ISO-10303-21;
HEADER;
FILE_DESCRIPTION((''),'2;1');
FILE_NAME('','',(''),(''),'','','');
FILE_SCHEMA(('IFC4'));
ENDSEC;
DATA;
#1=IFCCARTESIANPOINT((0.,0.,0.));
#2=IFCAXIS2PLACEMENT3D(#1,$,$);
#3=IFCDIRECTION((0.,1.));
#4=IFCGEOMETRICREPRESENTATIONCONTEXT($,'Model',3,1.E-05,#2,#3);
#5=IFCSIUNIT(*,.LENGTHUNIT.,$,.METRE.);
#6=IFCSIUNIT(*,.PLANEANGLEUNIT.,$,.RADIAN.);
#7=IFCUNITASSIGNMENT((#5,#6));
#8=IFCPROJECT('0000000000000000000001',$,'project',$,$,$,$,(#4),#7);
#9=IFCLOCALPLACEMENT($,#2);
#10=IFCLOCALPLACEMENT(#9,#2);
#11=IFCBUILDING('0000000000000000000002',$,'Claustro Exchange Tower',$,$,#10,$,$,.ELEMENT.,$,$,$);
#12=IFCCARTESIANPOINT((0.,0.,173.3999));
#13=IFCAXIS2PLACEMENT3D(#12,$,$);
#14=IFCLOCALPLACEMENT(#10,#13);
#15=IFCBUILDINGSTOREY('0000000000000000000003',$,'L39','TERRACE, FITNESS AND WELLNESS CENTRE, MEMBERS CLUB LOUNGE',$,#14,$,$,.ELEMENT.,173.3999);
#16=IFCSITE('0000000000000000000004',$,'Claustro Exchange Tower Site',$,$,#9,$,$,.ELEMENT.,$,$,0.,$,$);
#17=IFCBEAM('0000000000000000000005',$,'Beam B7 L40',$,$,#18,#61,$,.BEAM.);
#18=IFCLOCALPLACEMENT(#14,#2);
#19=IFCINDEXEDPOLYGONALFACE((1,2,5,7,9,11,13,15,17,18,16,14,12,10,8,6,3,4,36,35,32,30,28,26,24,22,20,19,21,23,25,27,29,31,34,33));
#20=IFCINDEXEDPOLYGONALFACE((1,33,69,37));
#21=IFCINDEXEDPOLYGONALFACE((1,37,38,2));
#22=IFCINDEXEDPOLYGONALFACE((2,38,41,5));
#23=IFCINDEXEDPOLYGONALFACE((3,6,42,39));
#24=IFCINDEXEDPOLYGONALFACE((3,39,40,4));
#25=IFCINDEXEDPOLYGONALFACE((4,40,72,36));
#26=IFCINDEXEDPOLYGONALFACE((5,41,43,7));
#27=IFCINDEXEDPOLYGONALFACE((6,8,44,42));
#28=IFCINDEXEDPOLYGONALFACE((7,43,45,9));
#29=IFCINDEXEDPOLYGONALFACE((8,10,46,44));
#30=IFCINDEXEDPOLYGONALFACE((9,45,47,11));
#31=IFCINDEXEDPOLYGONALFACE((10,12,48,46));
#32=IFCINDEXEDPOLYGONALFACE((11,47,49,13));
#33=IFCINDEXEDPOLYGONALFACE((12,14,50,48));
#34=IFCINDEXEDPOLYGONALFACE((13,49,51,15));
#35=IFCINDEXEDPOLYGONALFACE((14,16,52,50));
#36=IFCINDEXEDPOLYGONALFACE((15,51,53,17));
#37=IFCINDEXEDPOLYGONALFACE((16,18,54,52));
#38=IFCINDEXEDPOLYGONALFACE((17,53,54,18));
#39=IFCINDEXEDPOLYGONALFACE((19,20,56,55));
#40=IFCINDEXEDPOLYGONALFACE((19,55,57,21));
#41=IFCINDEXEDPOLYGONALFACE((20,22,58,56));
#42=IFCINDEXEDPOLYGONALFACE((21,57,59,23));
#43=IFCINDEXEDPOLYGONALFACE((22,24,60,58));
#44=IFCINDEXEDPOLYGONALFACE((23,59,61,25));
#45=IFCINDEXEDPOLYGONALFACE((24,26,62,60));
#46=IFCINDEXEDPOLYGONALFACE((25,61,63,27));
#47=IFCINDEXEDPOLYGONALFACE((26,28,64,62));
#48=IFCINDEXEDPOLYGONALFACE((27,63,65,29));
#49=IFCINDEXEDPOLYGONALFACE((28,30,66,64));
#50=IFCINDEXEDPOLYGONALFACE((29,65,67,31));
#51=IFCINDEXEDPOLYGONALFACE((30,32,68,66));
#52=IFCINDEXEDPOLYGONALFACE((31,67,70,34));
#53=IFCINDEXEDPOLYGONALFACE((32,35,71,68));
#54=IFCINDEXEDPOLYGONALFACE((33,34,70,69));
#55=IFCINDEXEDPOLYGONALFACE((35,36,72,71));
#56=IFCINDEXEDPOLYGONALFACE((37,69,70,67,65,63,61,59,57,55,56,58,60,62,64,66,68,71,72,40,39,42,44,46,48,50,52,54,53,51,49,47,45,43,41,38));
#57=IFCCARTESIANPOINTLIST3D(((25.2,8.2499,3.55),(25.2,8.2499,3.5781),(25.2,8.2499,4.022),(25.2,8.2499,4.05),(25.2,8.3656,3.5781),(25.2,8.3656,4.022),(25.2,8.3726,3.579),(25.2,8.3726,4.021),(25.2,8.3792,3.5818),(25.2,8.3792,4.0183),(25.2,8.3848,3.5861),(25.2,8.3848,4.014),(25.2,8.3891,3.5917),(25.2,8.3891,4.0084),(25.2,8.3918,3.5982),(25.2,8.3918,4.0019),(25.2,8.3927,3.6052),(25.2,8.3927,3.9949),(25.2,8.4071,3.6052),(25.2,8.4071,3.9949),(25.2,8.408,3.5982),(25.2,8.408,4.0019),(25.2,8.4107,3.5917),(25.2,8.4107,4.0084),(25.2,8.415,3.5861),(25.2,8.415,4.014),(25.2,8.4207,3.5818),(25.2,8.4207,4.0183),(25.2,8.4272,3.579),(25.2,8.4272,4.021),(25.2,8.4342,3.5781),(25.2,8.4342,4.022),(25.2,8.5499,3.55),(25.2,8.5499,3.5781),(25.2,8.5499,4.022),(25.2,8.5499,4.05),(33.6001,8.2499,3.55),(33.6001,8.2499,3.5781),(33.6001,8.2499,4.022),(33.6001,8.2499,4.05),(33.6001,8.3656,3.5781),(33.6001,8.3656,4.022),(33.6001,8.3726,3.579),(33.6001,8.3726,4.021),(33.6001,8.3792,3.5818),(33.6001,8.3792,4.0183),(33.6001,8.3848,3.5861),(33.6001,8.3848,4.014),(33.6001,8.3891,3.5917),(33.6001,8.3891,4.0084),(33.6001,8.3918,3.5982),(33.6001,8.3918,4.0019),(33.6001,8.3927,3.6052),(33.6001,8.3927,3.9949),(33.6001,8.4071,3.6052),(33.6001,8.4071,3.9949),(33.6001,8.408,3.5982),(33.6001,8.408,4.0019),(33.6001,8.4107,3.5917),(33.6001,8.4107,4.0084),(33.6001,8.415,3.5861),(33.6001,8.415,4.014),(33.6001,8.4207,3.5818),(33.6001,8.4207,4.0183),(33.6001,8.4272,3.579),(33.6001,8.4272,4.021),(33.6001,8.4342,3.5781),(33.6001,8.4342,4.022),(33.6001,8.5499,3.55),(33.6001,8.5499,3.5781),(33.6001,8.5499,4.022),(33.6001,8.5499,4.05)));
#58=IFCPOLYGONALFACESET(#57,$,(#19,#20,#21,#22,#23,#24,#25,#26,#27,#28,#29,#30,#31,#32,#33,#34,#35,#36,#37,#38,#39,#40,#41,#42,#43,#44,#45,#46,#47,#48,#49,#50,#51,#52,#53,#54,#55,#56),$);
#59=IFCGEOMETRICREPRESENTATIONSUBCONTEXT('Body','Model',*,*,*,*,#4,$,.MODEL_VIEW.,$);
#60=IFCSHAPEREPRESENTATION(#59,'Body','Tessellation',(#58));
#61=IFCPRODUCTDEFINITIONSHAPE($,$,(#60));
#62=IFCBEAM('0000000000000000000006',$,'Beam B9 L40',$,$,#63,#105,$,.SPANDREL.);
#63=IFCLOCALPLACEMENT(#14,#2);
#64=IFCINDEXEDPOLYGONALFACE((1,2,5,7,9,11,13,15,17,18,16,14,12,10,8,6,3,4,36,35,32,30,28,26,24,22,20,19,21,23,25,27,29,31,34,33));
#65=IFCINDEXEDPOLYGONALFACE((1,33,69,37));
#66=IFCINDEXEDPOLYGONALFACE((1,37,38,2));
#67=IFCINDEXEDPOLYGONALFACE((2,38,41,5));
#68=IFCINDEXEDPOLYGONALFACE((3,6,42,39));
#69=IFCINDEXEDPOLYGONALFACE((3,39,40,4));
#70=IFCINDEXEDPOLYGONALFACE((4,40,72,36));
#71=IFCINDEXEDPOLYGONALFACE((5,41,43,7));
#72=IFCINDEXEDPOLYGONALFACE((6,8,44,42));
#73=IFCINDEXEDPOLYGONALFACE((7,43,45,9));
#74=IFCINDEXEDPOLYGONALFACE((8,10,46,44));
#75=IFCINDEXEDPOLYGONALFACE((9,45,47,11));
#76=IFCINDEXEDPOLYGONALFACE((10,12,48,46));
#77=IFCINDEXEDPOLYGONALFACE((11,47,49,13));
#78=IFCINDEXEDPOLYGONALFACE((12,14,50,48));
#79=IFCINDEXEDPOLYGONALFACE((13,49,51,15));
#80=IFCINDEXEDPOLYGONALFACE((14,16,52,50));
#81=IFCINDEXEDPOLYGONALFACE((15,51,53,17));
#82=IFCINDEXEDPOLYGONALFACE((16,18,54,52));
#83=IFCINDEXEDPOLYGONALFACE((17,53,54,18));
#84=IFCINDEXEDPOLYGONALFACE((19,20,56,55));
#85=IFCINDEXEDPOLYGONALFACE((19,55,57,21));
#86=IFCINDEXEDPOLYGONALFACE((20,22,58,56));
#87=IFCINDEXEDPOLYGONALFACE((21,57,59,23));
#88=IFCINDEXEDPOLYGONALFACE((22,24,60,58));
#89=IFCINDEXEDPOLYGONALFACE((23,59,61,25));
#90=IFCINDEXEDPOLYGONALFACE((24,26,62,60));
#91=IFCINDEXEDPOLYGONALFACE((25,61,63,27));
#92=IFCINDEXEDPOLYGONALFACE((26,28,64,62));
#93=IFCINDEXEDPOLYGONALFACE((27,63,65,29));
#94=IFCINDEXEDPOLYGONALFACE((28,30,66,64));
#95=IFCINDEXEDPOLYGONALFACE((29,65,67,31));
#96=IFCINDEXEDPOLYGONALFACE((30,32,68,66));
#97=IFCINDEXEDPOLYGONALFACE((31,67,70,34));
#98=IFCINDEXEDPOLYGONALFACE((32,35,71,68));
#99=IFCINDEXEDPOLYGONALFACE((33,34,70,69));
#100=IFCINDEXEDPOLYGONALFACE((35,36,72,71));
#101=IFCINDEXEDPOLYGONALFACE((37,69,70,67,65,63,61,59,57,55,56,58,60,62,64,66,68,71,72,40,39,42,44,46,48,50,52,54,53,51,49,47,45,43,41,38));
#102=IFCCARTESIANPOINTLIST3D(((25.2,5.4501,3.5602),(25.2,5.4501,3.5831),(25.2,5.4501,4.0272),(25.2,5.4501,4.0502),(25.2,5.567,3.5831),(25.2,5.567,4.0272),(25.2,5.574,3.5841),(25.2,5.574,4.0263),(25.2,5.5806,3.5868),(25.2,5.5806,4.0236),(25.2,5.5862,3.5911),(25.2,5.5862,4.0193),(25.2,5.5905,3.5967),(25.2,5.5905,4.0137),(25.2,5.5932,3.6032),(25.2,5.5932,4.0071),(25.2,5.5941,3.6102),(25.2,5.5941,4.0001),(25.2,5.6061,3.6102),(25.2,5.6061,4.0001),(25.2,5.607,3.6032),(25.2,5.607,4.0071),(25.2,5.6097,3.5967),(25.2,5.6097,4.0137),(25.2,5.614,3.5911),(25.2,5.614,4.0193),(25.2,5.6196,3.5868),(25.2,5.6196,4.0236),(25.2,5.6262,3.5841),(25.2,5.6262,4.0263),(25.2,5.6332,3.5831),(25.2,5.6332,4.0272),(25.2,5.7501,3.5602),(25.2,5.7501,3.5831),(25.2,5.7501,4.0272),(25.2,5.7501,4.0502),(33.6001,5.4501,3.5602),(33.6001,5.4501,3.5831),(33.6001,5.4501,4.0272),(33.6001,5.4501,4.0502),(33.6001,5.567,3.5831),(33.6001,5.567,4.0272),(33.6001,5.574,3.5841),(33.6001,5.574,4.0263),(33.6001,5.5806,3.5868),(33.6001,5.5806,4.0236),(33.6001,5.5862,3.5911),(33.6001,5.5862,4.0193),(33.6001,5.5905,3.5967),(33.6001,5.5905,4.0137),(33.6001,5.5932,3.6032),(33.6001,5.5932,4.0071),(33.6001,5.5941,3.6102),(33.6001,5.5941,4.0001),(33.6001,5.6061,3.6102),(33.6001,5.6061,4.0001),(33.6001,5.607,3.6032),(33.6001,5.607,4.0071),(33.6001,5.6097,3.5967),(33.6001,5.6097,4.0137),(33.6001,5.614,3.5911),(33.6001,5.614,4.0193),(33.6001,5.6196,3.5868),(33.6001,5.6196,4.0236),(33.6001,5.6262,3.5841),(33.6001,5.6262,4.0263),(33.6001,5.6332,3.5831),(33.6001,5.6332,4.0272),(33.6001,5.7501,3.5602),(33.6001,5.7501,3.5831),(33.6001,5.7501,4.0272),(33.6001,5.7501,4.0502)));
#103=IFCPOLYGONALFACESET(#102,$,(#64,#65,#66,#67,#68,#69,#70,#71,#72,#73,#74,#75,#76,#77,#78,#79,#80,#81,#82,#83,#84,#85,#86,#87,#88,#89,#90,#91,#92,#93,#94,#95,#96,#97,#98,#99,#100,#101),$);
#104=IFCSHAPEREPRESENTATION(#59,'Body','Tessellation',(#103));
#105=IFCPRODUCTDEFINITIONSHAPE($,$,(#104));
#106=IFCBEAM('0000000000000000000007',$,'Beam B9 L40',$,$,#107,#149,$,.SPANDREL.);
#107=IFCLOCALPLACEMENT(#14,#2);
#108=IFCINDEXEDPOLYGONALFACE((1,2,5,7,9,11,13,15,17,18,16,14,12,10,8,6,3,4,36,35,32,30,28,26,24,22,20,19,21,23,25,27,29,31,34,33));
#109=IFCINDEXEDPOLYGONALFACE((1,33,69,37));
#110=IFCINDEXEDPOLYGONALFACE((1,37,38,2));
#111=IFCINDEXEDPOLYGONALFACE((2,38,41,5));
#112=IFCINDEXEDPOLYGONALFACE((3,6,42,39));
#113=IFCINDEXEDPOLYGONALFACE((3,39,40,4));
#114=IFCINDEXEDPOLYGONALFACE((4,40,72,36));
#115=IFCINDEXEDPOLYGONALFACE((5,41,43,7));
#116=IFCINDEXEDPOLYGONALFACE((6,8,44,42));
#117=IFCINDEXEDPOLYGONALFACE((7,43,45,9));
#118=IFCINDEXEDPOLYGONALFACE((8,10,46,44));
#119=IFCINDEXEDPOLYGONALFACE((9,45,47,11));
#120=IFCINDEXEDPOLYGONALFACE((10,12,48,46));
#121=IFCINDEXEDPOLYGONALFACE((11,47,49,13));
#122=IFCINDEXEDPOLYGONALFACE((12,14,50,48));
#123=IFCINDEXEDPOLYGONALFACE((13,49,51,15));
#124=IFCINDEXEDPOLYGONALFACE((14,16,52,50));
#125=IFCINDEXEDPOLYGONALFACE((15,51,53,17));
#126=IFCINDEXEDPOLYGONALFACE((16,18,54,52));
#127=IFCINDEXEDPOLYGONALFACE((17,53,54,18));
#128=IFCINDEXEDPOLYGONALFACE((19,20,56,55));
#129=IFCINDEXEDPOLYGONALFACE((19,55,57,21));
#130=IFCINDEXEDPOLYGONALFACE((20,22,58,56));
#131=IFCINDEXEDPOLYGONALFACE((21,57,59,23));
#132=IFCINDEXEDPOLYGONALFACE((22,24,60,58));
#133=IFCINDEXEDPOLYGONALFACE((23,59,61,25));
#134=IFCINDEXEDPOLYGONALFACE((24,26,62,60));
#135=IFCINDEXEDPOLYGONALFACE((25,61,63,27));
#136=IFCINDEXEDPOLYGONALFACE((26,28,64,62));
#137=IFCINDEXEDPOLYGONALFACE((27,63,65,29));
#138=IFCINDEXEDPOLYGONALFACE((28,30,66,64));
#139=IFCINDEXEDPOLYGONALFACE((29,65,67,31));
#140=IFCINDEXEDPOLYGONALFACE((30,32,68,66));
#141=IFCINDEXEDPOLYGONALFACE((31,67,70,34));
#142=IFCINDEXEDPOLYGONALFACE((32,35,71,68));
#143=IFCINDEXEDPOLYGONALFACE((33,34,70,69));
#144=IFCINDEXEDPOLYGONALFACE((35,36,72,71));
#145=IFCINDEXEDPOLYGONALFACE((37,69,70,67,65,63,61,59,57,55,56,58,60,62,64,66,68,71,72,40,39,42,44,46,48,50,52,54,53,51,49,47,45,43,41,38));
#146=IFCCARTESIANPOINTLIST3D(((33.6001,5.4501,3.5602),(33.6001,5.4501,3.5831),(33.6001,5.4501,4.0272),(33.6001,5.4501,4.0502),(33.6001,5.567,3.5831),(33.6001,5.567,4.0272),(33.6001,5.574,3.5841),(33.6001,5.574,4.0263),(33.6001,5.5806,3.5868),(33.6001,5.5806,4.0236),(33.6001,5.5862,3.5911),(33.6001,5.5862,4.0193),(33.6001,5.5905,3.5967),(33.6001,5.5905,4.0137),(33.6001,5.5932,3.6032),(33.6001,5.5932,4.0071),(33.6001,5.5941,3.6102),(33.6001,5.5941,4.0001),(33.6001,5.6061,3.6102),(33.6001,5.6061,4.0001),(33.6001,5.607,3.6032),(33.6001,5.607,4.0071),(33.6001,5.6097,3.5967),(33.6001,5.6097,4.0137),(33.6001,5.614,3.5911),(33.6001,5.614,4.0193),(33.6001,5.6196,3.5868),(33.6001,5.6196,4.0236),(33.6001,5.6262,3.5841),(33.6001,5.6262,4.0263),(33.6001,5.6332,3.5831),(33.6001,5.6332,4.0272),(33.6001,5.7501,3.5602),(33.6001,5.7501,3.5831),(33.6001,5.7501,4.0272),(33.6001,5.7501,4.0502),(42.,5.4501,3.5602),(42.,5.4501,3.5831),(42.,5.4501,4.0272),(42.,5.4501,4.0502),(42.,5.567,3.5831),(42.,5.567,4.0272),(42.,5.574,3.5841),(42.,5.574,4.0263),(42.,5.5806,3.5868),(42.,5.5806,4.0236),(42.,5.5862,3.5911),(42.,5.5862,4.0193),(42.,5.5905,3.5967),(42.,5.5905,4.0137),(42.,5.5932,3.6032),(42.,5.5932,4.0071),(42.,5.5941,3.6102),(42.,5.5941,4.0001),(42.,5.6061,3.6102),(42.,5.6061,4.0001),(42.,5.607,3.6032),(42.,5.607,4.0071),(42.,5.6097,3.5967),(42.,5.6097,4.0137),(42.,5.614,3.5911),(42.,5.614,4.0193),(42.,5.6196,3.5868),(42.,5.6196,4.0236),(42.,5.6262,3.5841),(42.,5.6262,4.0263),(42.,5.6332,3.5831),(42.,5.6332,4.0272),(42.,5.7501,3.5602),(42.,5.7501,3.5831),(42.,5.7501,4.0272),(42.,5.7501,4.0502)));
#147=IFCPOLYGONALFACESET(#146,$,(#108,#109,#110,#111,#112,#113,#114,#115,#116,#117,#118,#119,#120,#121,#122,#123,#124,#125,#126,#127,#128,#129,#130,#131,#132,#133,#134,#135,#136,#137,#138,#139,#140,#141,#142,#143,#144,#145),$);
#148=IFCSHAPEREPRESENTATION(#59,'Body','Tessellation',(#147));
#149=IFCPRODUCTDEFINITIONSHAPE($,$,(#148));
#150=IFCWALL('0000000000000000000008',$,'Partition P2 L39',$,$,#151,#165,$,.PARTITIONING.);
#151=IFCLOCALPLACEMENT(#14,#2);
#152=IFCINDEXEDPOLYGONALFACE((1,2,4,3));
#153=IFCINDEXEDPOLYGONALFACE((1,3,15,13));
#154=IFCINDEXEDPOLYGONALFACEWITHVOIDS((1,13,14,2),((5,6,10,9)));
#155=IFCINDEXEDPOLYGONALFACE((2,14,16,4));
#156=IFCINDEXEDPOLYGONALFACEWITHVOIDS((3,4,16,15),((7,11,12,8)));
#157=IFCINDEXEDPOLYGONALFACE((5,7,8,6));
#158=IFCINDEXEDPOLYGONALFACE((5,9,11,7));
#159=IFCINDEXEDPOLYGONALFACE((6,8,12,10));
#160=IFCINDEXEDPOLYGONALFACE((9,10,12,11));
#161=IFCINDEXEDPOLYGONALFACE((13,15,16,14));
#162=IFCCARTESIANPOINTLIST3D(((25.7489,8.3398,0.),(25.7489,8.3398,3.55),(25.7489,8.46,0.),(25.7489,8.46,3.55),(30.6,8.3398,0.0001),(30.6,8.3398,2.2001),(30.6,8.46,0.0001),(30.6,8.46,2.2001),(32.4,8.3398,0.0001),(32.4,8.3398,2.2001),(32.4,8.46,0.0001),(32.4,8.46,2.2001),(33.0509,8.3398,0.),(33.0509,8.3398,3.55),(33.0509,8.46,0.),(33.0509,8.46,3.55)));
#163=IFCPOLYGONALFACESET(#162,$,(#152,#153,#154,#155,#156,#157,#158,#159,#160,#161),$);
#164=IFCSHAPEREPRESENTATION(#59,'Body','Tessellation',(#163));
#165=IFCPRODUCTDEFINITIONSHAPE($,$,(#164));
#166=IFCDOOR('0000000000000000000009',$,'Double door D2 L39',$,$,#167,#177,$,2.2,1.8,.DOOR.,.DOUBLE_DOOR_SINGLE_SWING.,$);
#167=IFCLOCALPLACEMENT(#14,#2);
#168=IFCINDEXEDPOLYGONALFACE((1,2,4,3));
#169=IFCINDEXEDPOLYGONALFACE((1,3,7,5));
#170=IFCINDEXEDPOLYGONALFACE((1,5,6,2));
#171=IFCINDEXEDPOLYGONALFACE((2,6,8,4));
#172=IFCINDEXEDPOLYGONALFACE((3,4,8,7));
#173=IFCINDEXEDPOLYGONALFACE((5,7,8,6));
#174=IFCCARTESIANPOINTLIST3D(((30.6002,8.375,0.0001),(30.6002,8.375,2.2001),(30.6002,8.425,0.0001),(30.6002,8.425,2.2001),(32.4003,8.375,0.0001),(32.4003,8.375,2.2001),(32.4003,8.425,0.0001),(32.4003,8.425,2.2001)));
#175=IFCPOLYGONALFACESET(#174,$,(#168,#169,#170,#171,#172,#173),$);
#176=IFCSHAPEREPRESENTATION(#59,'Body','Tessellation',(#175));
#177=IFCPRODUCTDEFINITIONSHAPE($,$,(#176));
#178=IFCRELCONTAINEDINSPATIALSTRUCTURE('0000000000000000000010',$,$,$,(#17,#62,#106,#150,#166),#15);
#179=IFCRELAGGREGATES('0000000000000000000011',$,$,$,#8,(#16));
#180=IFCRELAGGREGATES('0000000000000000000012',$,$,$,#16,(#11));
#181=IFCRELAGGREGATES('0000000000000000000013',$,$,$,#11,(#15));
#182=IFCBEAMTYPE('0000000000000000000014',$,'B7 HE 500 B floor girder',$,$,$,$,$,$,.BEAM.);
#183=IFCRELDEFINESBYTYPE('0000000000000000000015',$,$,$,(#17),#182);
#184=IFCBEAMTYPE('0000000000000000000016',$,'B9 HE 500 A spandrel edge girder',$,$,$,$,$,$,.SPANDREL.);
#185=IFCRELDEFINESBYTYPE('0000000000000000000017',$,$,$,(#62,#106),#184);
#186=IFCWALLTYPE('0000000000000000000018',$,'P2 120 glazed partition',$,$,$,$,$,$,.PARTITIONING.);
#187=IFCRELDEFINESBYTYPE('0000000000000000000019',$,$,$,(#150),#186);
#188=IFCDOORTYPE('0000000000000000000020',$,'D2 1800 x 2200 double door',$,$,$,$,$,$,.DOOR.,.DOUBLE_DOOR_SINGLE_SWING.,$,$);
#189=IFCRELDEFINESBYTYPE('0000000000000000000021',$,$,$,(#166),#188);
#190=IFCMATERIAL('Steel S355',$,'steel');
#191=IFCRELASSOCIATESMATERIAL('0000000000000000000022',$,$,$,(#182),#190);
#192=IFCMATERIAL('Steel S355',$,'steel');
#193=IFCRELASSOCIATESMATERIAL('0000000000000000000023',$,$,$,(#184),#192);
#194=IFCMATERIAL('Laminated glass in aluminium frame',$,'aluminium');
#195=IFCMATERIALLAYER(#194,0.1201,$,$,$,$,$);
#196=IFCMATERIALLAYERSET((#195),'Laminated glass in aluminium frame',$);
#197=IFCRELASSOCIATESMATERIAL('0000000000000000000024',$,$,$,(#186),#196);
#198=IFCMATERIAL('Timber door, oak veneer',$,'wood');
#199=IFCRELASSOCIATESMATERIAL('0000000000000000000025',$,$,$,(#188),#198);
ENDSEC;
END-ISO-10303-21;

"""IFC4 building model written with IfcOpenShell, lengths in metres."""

from ifc_helpers import new_model, si_unit, direction, frame, frame_2d, origin, origin_2d, place, context, subcontext, project, spatial, rectangle, i_section, extrude, material, layer, layer_set, material_profile, profile_set, type_object, element, fill, save


model = new_model("IFC4")

# Units and contexts
model_context = context("Model", 3, precision=1e-05, world=origin(), true_north=direction((0.0, 1.0)))
body_context = subcontext(model_context, "Body", "Model", "MODEL_VIEW")
ifc_project = project(units=[si_unit("LENGTHUNIT", "METRE"), si_unit("PLANEANGLEUNIT", "RADIAN")], contexts=[model_context])

# Site, building, storey
site_placement = place(None, origin())
site = spatial("IfcSite", under=ifc_project, at=site_placement, Name="Claustro Exchange Tower Site", CompositionType="ELEMENT", RefElevation=0.0)
building_placement = place(site_placement, origin())
building = spatial("IfcBuilding", under=site, at=building_placement, Name="Claustro Exchange Tower", CompositionType="ELEMENT")
storey_placement = place(building_placement, frame((0.0, 0.0, 173.3999)))
storey = spatial("IfcBuildingStorey", under=building, at=storey_placement, Name="L39", Description="TERRACE, FITNESS AND WELLNESS CENTRE, MEMBERS CLUB LOUNGE", CompositionType="ELEMENT", Elevation=173.3999)

# Beams
ifc_material_1 = material(Name="Steel S355", Category="steel")
ifc_material_profile_1 = material_profile(ifc_material_1, i_section(OverallWidth=0.3, OverallDepth=0.5, WebThickness=0.0144, FlangeThickness=0.0281, FilletRadius=0.0271, at=origin_2d()), Name="HE 500 B")
ifc_profile_set_1 = profile_set([ifc_material_profile_1], Name="Steel S355")
beam_type_1 = type_object("IfcBeamType", Name="B7 HE 500 B floor girder", PredefinedType="BEAM", material=ifc_profile_set_1)
for number, where, z_axis, x_axis, name in (
    (1, (25.2, 8.3999, 3.8), (1.0, 0.0, 0.0), (0.0, 1.0, 0.0), "Beam B7 L40"),
):
    element("IfcBeam", number, at=place(storey_placement, frame(where, z_axis=z_axis, x_axis=x_axis)), inside=storey, type_object=beam_type_1, Name=name, PredefinedType="BEAM", context=body_context, shape_type="SweptSolid", body=[
        extrude(i_section(OverallWidth=0.3, OverallDepth=0.5, WebThickness=0.0144, FlangeThickness=0.0281, FilletRadius=0.0271, at=origin_2d()), origin(), (0.0, 0.0, 1.0), 8.4001),
    ])
ifc_material_2 = material(Name="Steel S355", Category="steel")
ifc_material_profile_2 = material_profile(ifc_material_2, i_section(OverallWidth=0.3, OverallDepth=0.49, WebThickness=0.012, FlangeThickness=0.0229, FilletRadius=0.0271, at=origin_2d()), Name="HE 500 A")
ifc_profile_set_2 = profile_set([ifc_material_profile_2], Name="Steel S355")
beam_type_2 = type_object("IfcBeamType", Name="B9 HE 500 A spandrel edge girder", PredefinedType="SPANDREL", material=ifc_profile_set_2)
beam_1_placement = place(storey_placement, frame((25.2, 5.6001, 3.8052), z_axis=(1.0, 0.0, 0.0), x_axis=(0.0, 1.0, 0.0)))
element("IfcBeam", 2, at=beam_1_placement, inside=storey, type_object=beam_type_2, Name="Beam B9 L40", PredefinedType="SPANDREL", context=body_context, shape_type="SweptSolid", body=[
    extrude(i_section(OverallWidth=0.3, OverallDepth=0.49, WebThickness=0.012, FlangeThickness=0.0229, FilletRadius=0.0271, at=origin_2d()), origin(), (0.0, 0.0, 1.0), 8.4001),
])
beam_2_placement = place(storey_placement, frame((33.6001, 5.6001, 3.8052), z_axis=(1.0, 0.0, 0.0), x_axis=(0.0, 1.0, 0.0)))
element("IfcBeam", 3, at=beam_2_placement, inside=storey, type_object=beam_type_2, Name="Beam B9 L40", PredefinedType="SPANDREL", context=body_context, shape_type="SweptSolid", body=[
    extrude(i_section(OverallWidth=0.3, OverallDepth=0.49, WebThickness=0.012, FlangeThickness=0.0229, FilletRadius=0.0271, at=origin_2d()), origin(), (0.0, 0.0, 1.0), 8.3999),
])

# Wall, opening, door
ifc_material_3 = material(Name="Laminated glass in aluminium frame", Category="aluminium")
ifc_layer_1 = layer(ifc_material_3, 0.1201)
ifc_layer_set_1 = layer_set([ifc_layer_1], Name="Laminated glass in aluminium frame")
wall_type_1 = type_object("IfcWallType", Name="P2 120 glazed partition", PredefinedType="PARTITIONING", material=ifc_layer_set_1)
wall_1_placement = place(storey_placement, frame((25.749, 8.3999, 0.0), z_axis=(0.0, 0.0, 1.0), x_axis=(1.0, 0.0, 0.0)))
wall_1 = element("IfcWall", 4, at=wall_1_placement, inside=storey, type_object=wall_type_1, Name="Partition P2 L39", PredefinedType="PARTITIONING", context=body_context, shape_type="SweptSolid", body=[
    extrude(rectangle(XDim=7.302, YDim=0.1201, at=frame_2d((3.6509, 0.0))), origin(), (0.0, 0.0, 1.0), 3.55),
])
opening_1_placement = place(wall_1_placement, frame((4.8511, 0.0, 0.0)))
opening_1 = element("IfcOpeningElement", 5, at=opening_1_placement, cuts=wall_1, PredefinedType="OPENING", context=body_context, shape_type="SweptSolid", body=[
    extrude(rectangle(XDim=1.8, YDim=2.2, at=frame_2d((0.8999, 1.1001))), frame((0.0, 0.0701, 0.0), z_axis=(0.0, -1.0, 0.0), x_axis=(1.0, 0.0, 0.0)), (0.0, 0.0, 1.0), 0.1401),
])
ifc_material_4 = material(Name="Timber door, oak veneer", Category="wood")
door_type_1 = type_object("IfcDoorType", Name="D2 1800 x 2200 double door", OperationType="DOUBLE_DOOR_SINGLE_SWING", PredefinedType="DOOR", material=ifc_material_4)
door_1_placement = place(opening_1_placement, frame((1.8, 0.0, 0.0), z_axis=(0.0, 0.0, 1.0), x_axis=(-1.0, 0.0, 0.0)))
door_1 = element("IfcDoor", 6, at=door_1_placement, inside=storey, type_object=door_type_1, Name="Double door D2 L39", OperationType="DOUBLE_DOOR_SINGLE_SWING", OverallHeight=2.2, OverallWidth=1.8, PredefinedType="DOOR", context=body_context, shape_type="SweptSolid", body=[
    extrude(rectangle(XDim=1.8, YDim=2.2, at=frame_2d((0.8999, 1.1001))), frame((0.0, 0.0249, 0.0), z_axis=(0.0, -1.0, 0.0), x_axis=(1.0, 0.0, 0.0)), (0.0, 0.0, 1.0), 0.05),
])
fill(opening_1, door_1)

save(model, "model.ifc")
